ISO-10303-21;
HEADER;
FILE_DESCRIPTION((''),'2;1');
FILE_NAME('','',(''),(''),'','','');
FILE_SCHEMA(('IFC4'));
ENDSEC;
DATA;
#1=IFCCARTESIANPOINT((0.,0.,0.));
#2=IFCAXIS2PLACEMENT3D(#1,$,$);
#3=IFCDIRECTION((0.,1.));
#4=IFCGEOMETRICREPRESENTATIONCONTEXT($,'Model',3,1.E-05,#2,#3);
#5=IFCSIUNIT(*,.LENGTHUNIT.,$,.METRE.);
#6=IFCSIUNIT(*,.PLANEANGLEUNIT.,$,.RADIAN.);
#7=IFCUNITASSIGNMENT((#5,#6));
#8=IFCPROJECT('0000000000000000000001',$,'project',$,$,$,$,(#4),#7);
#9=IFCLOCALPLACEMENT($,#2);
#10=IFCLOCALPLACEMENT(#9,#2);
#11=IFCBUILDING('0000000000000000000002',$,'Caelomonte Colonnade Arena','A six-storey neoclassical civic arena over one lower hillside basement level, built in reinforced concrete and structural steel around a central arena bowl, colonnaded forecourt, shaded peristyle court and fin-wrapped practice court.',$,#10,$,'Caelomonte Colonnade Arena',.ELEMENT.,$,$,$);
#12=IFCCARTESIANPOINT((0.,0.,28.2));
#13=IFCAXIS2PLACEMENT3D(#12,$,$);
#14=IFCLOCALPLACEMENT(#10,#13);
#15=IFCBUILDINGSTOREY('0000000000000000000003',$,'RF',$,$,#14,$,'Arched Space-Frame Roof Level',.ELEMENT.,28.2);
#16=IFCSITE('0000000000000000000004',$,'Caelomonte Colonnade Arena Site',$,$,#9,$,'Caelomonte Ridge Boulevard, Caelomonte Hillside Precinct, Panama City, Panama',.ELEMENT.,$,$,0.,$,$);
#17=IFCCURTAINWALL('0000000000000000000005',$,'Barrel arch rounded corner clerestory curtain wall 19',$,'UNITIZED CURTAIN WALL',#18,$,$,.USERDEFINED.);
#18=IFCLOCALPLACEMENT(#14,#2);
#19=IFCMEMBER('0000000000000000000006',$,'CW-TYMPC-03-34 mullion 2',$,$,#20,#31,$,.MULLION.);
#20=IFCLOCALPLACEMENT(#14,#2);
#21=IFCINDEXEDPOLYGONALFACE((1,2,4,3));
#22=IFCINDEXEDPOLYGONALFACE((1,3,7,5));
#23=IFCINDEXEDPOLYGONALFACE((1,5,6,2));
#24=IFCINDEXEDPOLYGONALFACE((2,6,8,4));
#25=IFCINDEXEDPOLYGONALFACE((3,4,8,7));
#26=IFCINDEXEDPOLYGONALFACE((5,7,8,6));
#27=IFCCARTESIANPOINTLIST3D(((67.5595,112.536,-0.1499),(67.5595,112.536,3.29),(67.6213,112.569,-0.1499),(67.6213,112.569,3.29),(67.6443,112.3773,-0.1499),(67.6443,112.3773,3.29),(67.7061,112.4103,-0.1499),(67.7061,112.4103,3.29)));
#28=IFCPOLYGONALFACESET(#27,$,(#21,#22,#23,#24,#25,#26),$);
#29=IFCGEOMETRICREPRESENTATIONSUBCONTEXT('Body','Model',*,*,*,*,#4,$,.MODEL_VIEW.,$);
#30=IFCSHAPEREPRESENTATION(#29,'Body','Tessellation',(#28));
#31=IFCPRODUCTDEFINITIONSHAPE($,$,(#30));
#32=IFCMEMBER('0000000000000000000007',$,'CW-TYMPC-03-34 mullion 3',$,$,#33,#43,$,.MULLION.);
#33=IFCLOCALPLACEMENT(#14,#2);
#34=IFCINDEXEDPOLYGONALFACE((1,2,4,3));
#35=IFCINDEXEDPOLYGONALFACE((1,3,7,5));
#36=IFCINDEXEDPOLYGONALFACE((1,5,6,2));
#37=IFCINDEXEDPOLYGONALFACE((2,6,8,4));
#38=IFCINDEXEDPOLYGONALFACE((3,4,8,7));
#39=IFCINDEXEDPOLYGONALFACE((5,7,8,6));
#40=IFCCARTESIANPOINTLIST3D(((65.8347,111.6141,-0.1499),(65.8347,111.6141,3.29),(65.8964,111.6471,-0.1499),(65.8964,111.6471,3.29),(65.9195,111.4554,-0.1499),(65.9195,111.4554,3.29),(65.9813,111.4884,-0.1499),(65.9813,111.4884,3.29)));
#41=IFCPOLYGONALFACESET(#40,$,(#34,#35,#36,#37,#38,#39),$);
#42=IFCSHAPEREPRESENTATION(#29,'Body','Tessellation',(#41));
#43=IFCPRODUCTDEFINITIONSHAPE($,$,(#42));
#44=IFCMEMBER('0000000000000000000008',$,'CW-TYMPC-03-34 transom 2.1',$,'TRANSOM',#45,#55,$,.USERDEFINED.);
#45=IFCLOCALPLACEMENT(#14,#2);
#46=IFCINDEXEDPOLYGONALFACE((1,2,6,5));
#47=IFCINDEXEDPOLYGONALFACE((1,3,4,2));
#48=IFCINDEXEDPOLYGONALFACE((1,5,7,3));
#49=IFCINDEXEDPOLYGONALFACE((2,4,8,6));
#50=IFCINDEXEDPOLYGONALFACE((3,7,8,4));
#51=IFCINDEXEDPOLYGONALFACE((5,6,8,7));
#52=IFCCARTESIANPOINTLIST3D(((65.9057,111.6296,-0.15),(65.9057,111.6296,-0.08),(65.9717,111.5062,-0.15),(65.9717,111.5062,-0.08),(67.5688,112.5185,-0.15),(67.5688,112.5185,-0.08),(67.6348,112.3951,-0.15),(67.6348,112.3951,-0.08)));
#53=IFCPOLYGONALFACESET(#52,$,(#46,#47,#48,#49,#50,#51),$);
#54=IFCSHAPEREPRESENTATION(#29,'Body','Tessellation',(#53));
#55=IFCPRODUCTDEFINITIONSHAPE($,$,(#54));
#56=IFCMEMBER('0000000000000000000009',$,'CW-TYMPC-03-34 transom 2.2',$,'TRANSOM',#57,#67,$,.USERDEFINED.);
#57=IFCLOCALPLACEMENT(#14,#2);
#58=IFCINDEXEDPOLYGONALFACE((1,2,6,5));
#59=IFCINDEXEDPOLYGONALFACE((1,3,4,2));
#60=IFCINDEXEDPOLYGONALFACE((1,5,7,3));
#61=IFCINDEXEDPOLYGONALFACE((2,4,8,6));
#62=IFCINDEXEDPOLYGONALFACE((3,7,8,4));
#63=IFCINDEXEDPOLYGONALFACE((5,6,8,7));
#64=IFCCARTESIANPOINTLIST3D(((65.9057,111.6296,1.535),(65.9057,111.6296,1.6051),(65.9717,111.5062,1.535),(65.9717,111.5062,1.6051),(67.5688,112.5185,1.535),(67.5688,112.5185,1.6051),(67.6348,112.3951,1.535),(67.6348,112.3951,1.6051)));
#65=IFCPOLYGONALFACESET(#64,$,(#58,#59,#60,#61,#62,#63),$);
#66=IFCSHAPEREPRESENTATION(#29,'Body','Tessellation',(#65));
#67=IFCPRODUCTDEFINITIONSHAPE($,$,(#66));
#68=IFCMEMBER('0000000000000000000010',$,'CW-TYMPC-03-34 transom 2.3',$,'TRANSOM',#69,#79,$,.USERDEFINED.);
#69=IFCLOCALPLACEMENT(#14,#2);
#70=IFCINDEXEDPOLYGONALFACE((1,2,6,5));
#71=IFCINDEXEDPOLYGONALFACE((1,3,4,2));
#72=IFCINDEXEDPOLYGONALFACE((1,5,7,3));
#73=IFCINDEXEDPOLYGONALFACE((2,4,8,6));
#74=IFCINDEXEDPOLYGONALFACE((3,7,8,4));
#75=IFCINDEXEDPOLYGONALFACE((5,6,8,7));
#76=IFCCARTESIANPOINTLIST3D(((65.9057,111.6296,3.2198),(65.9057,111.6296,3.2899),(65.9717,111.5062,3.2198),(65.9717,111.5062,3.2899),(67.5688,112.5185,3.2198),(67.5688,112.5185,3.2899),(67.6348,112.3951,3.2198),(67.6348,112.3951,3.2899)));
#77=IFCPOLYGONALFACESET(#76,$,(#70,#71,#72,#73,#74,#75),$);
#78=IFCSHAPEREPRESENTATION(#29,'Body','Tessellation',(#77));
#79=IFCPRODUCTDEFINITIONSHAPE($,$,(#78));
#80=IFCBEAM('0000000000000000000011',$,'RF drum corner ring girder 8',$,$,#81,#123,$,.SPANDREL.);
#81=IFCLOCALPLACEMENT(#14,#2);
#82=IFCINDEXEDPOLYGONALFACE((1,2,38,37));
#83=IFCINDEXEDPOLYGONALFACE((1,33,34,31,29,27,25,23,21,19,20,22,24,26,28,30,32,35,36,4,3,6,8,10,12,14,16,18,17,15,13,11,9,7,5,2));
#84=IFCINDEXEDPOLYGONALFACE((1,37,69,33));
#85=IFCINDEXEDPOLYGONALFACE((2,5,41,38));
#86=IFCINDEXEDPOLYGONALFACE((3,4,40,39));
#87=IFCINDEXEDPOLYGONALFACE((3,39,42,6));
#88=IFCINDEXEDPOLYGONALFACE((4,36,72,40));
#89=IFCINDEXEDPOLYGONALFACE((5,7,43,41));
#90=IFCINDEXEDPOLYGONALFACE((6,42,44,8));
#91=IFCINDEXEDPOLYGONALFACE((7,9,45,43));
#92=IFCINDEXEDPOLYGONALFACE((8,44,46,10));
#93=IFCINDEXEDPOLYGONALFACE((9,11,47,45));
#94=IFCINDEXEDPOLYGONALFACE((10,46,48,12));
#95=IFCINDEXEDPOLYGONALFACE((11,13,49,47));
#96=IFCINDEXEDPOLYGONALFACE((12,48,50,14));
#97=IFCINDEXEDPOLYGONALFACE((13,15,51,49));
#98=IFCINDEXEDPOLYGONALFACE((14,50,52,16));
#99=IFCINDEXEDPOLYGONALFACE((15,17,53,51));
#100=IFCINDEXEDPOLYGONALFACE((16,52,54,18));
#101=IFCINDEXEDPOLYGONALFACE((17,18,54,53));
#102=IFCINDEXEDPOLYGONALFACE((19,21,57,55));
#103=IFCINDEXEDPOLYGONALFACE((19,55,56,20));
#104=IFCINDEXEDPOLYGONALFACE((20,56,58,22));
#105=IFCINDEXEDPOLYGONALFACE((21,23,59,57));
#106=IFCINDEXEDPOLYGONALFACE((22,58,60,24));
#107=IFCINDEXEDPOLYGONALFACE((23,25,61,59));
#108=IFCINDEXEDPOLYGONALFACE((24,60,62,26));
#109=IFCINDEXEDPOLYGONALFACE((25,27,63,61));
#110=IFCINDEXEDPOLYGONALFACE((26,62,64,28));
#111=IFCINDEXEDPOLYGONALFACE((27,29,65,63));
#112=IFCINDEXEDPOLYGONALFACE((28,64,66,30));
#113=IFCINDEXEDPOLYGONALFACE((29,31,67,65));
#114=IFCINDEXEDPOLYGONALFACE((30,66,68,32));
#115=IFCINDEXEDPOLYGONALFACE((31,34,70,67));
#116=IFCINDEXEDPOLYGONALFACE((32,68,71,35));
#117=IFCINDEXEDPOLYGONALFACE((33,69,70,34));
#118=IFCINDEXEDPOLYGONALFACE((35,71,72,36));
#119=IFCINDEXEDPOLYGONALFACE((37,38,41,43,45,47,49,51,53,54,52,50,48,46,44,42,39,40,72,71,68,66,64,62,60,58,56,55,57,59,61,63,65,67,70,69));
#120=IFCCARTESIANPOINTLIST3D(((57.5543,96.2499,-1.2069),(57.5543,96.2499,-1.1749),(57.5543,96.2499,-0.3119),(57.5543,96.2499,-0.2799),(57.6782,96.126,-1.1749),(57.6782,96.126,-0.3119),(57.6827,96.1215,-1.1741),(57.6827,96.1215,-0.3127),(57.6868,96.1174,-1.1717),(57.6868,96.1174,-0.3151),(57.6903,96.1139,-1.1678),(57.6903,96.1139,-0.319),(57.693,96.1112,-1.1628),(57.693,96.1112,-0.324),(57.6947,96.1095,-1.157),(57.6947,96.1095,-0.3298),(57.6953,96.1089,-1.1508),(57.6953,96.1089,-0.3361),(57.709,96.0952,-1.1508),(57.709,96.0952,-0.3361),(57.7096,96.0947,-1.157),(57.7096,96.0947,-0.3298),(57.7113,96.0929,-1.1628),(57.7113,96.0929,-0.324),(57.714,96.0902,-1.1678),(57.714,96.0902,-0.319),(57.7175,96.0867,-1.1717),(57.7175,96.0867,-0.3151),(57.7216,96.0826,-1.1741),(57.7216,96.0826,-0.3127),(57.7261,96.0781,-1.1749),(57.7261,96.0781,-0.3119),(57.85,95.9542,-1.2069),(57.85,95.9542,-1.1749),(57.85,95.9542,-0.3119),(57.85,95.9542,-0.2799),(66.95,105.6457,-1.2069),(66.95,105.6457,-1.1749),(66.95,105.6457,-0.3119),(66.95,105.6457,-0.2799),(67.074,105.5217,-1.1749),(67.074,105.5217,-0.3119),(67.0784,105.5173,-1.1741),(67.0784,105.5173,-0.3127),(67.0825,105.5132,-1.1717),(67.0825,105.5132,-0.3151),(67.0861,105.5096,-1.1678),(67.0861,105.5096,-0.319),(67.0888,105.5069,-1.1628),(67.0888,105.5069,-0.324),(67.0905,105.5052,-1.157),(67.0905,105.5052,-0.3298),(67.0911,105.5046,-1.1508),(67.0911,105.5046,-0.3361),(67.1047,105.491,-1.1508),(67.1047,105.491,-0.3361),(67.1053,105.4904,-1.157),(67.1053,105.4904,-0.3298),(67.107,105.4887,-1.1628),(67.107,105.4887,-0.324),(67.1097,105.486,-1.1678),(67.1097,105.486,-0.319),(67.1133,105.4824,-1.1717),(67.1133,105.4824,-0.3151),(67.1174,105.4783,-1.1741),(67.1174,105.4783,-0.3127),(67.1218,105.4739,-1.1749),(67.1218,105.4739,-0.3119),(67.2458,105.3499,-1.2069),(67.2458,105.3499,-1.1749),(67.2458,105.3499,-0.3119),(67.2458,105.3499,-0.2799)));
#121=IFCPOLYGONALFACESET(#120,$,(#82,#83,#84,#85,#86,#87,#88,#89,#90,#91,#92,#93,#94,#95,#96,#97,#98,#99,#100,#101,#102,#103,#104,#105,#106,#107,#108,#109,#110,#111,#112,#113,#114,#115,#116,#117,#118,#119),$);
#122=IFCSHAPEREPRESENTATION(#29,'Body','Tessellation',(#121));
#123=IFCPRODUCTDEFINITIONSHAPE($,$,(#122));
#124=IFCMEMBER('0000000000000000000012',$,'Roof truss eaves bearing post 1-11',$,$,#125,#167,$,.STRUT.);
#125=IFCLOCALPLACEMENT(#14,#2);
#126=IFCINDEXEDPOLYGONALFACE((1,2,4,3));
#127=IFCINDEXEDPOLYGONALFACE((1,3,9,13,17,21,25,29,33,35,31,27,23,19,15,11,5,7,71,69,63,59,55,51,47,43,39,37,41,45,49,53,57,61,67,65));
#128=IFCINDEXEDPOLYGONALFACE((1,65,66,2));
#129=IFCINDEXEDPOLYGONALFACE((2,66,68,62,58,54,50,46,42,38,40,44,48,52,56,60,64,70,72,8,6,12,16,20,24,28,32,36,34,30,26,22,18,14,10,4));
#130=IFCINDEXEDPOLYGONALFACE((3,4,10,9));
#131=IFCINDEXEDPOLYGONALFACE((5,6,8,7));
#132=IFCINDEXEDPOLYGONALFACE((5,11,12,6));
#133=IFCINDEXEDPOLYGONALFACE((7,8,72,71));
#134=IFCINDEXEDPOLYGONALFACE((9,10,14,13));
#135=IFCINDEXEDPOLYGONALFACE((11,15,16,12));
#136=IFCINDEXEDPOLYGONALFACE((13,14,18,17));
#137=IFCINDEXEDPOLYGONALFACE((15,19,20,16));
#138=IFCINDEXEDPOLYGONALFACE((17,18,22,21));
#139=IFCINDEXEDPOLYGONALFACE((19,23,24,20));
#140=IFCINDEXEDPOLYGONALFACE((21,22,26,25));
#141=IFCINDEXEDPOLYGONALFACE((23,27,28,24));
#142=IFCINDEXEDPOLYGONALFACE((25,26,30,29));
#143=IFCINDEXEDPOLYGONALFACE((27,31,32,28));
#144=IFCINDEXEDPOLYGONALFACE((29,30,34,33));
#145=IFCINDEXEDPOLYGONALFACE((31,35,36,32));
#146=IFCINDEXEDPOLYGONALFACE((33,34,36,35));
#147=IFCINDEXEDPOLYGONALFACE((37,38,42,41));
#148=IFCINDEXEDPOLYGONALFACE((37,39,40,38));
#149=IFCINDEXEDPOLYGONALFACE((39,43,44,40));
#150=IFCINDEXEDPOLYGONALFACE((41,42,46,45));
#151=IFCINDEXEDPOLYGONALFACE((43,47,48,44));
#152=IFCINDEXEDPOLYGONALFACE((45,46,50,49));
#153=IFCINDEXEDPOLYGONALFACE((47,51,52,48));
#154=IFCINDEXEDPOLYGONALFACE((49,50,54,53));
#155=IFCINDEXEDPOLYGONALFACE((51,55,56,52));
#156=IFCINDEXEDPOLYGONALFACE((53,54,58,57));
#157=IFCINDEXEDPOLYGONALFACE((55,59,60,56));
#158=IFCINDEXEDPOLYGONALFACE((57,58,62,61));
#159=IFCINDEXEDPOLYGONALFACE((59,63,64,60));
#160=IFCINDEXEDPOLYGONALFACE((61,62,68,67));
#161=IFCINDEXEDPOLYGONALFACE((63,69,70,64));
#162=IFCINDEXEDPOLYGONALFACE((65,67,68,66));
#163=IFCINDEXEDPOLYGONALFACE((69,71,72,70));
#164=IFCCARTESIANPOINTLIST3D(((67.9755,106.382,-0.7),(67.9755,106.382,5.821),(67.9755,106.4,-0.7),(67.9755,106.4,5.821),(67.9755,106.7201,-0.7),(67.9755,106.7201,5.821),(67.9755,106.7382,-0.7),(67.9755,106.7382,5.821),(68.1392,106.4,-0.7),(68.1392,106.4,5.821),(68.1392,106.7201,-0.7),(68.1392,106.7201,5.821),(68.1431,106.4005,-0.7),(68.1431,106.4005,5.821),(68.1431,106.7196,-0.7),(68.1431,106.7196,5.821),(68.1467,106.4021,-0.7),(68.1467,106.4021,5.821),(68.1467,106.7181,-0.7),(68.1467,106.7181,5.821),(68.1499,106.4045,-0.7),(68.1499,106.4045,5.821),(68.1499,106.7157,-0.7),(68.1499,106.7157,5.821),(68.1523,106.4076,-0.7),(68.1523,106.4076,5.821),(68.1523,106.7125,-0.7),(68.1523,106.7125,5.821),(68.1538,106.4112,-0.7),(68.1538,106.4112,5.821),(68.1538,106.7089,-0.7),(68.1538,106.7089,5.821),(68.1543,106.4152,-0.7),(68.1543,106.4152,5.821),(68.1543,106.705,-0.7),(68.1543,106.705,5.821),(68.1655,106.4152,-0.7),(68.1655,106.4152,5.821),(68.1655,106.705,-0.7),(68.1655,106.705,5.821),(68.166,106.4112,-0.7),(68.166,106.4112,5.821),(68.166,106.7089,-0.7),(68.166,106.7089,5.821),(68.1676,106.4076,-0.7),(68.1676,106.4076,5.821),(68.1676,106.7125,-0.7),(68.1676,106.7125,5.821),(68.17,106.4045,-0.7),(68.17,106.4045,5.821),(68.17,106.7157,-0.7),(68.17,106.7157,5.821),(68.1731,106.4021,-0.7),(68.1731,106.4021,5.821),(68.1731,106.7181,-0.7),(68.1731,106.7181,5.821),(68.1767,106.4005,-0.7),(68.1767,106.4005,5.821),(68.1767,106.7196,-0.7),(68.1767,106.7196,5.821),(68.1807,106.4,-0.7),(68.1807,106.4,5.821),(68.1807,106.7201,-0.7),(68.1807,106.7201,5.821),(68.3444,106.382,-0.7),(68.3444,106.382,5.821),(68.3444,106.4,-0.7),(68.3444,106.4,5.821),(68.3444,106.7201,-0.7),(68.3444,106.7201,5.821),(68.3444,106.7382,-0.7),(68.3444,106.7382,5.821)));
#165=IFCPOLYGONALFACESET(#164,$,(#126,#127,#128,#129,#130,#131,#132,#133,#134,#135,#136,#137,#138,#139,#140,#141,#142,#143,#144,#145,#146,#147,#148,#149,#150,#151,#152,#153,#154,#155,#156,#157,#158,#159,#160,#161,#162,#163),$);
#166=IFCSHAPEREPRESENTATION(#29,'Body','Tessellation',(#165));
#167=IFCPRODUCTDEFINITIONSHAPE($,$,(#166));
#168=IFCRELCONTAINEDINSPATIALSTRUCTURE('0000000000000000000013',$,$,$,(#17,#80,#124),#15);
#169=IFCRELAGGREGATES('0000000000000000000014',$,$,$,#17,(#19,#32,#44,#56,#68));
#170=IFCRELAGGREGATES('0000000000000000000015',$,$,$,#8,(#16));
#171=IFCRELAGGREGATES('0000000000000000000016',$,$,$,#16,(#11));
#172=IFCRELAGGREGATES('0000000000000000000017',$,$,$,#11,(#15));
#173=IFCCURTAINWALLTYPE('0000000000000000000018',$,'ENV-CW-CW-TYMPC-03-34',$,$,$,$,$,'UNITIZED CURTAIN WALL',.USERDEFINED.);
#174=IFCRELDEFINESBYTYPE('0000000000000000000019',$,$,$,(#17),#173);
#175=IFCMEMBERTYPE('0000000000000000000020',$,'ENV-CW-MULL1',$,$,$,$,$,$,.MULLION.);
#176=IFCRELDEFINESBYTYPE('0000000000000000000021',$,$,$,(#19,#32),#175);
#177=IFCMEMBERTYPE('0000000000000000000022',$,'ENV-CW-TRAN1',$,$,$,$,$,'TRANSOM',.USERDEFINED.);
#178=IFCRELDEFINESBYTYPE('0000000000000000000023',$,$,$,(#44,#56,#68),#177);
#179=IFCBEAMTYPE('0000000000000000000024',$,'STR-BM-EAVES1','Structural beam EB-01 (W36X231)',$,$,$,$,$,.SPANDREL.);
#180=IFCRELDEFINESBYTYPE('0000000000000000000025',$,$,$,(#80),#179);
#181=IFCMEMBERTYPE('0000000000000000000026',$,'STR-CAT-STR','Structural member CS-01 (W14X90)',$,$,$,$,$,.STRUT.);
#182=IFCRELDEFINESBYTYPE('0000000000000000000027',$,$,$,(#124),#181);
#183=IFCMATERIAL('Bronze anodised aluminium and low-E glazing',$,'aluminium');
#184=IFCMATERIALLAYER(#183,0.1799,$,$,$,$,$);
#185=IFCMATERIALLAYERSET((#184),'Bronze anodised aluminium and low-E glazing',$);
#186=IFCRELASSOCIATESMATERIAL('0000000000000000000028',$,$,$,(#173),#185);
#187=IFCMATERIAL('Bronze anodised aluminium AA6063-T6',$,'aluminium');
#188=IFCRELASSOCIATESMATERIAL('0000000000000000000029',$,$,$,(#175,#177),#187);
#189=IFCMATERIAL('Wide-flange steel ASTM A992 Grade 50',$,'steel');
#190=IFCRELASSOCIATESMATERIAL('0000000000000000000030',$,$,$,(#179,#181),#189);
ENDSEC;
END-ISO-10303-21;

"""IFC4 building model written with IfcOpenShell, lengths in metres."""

from ifc_helpers import new_model, si_unit, direction, frame, origin, origin_2d, place, context, subcontext, project, spatial, rectangle, i_section, extrude, material, layer, layer_set, material_profile, profile_set, type_object, element, aggregate, save


model = new_model("IFC4")

# Units and contexts
model_context = context("Model", 3, precision=1e-05, world=origin(), true_north=direction((0.0, 1.0)))
body_context = subcontext(model_context, "Body", "Model", "MODEL_VIEW")
ifc_project = project(units=[si_unit("LENGTHUNIT", "METRE"), si_unit("PLANEANGLEUNIT", "RADIAN")], contexts=[model_context])

# Site, building, storey
site_placement = place(None, origin())
site = spatial("IfcSite", under=ifc_project, at=site_placement, Name="Caelomonte Colonnade Arena Site", LongName="Caelomonte Ridge Boulevard, Caelomonte Hillside Precinct, Panama City, Panama", CompositionType="ELEMENT", RefElevation=0.0)
building_placement = place(site_placement, origin())
building = spatial("IfcBuilding", under=site, at=building_placement, Name="Caelomonte Colonnade Arena", Description="A six-storey neoclassical civic arena over one lower hillside basement level, built in reinforced concrete and structural steel around a central arena bowl, colonnaded forecourt, shaded peristyle court and fin-wrapped practice court.", LongName="Caelomonte Colonnade Arena", CompositionType="ELEMENT")
storey_placement = place(building_placement, frame((0.0, 0.0, 28.2)))
storey = spatial("IfcBuildingStorey", under=building, at=storey_placement, Name="RF", LongName="Arched Space-Frame Roof Level", CompositionType="ELEMENT", Elevation=28.2)

# Curtain wall, members
ifc_material_1 = material(Name="Bronze anodised aluminium and low-E glazing", Category="aluminium")
ifc_layer_1 = layer(ifc_material_1, 0.1799)
ifc_layer_set_1 = layer_set([ifc_layer_1], Name="Bronze anodised aluminium and low-E glazing")
curtain_wall_type = type_object("IfcCurtainWallType", Name="ENV-CW-CW-TYMPC-03-34", ElementType="UNITIZED CURTAIN WALL", PredefinedType="USERDEFINED", material=ifc_layer_set_1)
curtain_wall_placement = place(storey_placement, origin())
curtain_wall = element("IfcCurtainWall", 1, at=curtain_wall_placement, inside=storey, type_object=curtain_wall_type, Name="Barrel arch rounded corner clerestory curtain wall 19", ObjectType="UNITIZED CURTAIN WALL", PredefinedType="USERDEFINED")
ifc_material_2 = material(Name="Bronze anodised aluminium AA6063-T6", Category="aluminium")
ifc_material_profile_1 = material_profile(ifc_material_2, rectangle(XDim=0.0701, YDim=0.1799, at=origin_2d()), Name="CWM-70X180")
ifc_profile_set_1 = profile_set([ifc_material_profile_1], Name="Bronze anodised aluminium AA6063-T6")
member_type_1 = type_object("IfcMemberType", Name="ENV-CW-MULL1", PredefinedType="MULLION", material=ifc_profile_set_1)
member_1_placement = place(storey_placement, frame((67.6328, 112.4731, -0.1499), z_axis=(0.0, 0.0, 1.0), x_axis=(-0.881924, -0.471391, 0.0)))
member_1 = element("IfcMember", 2, at=member_1_placement, type_object=member_type_1, Name="CW-TYMPC-03-34 mullion 2", PredefinedType="MULLION", context=body_context, shape_type="SweptSolid", body=[
    extrude(rectangle(XDim=0.0701, YDim=0.1799, at=origin_2d()), origin(), (0.0, 0.0, 1.0), 3.4399),
])
member_2_placement = place(storey_placement, frame((65.908, 111.5513, -0.1499), z_axis=(0.0, 0.0, 1.0), x_axis=(-0.881924, -0.471391, 0.0)))
member_2 = element("IfcMember", 3, at=member_2_placement, type_object=member_type_1, Name="CW-TYMPC-03-34 mullion 3", PredefinedType="MULLION", context=body_context, shape_type="SweptSolid", body=[
    extrude(rectangle(XDim=0.0701, YDim=0.1799, at=origin_2d()), origin(), (0.0, 0.0, 1.0), 3.4399),
])
ifc_material_profile_2 = material_profile(ifc_material_2, rectangle(XDim=0.0701, YDim=0.1399, at=origin_2d()), Name="CWT-70X140")
ifc_profile_set_2 = profile_set([ifc_material_profile_2], Name="Bronze anodised aluminium AA6063-T6")
member_type_2 = type_object("IfcMemberType", Name="ENV-CW-TRAN1", ElementType="TRANSOM", PredefinedType="USERDEFINED", material=ifc_profile_set_2)
member_3_placement = place(storey_placement, frame((67.6018, 112.4568, -0.115), z_axis=(-0.881926, -0.471388, 0.0), x_axis=(0.0, 0.0, 1.0)))
member_3 = element("IfcMember", 4, at=member_3_placement, type_object=member_type_2, Name="CW-TYMPC-03-34 transom 2.1", ObjectType="TRANSOM", PredefinedType="USERDEFINED", context=body_context, shape_type="SweptSolid", body=[
    extrude(rectangle(XDim=0.0701, YDim=0.1399, at=origin_2d()), origin(), (0.0, 0.0, 1.0), 1.8857),
])
member_4_placement = place(storey_placement, frame((67.6018, 112.4568, 1.5701), z_axis=(-0.881926, -0.471388, 0.0), x_axis=(0.0, 0.0, 1.0)))
member_4 = element("IfcMember", 5, at=member_4_placement, type_object=member_type_2, Name="CW-TYMPC-03-34 transom 2.2", ObjectType="TRANSOM", PredefinedType="USERDEFINED", context=body_context, shape_type="SweptSolid", body=[
    extrude(rectangle(XDim=0.0701, YDim=0.1399, at=origin_2d()), origin(), (0.0, 0.0, 1.0), 1.8857),
])
member_5_placement = place(storey_placement, frame((67.6018, 112.4568, 3.2549), z_axis=(-0.881926, -0.471388, 0.0), x_axis=(0.0, 0.0, 1.0)))
member_5 = element("IfcMember", 6, at=member_5_placement, type_object=member_type_2, Name="CW-TYMPC-03-34 transom 2.3", ObjectType="TRANSOM", PredefinedType="USERDEFINED", context=body_context, shape_type="SweptSolid", body=[
    extrude(rectangle(XDim=0.0701, YDim=0.1399, at=origin_2d()), origin(), (0.0, 0.0, 1.0), 1.8857),
])

# Beam
ifc_material_3 = material(Name="Wide-flange steel ASTM A992 Grade 50", Category="steel")
ifc_material_profile_3 = material_profile(ifc_material_3, i_section(OverallWidth=0.4182, OverallDepth=0.927, WebThickness=0.0193, FlangeThickness=0.032, FilletRadius=0.0242, at=origin_2d()), Name="W36X231")
ifc_profile_set_3 = profile_set([ifc_material_profile_3], Name="Wide-flange steel ASTM A992 Grade 50")
beam_type = type_object("IfcBeamType", Name="STR-BM-EAVES1", Description="Structural beam EB-01 (W36X231)", PredefinedType="SPANDREL", material=ifc_profile_set_3)
beam_placement = place(storey_placement, frame((67.0979, 105.4978, -0.7434), z_axis=(-0.707107, -0.707107, 0.0), x_axis=(0.707107, -0.707107, 0.0)))
element("IfcBeam", 7, at=beam_placement, inside=storey, type_object=beam_type, Name="RF drum corner ring girder 8", PredefinedType="SPANDREL", context=body_context, shape_type="SweptSolid", body=[
    extrude(i_section(OverallWidth=0.4182, OverallDepth=0.927, WebThickness=0.0193, FlangeThickness=0.032, FilletRadius=0.0242, at=origin_2d()), origin(), (0.0, 0.0, 1.0), 13.2876),
])

# Member
ifc_material_profile_4 = material_profile(ifc_material_3, i_section(OverallWidth=0.3689, OverallDepth=0.3562, WebThickness=0.0112, FlangeThickness=0.0181, FilletRadius=0.0151, at=origin_2d()), Name="W14X90")
ifc_profile_set_4 = profile_set([ifc_material_profile_4], Name="Wide-flange steel ASTM A992 Grade 50")
member_type_3 = type_object("IfcMemberType", Name="STR-CAT-STR", Description="Structural member CS-01 (W14X90)", PredefinedType="STRUT", material=ifc_profile_set_4)
member_6_placement = place(storey_placement, frame((68.1599, 106.5601, -0.7), z_axis=(0.0, 0.0, 1.0), x_axis=(1.0, 0.0, 0.0)))
element("IfcMember", 8, at=member_6_placement, inside=storey, type_object=member_type_3, Name="Roof truss eaves bearing post 1-11", PredefinedType="STRUT", context=body_context, shape_type="SweptSolid", body=[
    extrude(i_section(OverallWidth=0.3689, OverallDepth=0.3562, WebThickness=0.0112, FlangeThickness=0.0181, FilletRadius=0.0151, at=origin_2d()), origin(), (0.0, 0.0, 1.0), 6.521),
])

aggregate(curtain_wall, [member_1, member_2, member_3, member_4, member_5])

save(model, "model.ifc")
